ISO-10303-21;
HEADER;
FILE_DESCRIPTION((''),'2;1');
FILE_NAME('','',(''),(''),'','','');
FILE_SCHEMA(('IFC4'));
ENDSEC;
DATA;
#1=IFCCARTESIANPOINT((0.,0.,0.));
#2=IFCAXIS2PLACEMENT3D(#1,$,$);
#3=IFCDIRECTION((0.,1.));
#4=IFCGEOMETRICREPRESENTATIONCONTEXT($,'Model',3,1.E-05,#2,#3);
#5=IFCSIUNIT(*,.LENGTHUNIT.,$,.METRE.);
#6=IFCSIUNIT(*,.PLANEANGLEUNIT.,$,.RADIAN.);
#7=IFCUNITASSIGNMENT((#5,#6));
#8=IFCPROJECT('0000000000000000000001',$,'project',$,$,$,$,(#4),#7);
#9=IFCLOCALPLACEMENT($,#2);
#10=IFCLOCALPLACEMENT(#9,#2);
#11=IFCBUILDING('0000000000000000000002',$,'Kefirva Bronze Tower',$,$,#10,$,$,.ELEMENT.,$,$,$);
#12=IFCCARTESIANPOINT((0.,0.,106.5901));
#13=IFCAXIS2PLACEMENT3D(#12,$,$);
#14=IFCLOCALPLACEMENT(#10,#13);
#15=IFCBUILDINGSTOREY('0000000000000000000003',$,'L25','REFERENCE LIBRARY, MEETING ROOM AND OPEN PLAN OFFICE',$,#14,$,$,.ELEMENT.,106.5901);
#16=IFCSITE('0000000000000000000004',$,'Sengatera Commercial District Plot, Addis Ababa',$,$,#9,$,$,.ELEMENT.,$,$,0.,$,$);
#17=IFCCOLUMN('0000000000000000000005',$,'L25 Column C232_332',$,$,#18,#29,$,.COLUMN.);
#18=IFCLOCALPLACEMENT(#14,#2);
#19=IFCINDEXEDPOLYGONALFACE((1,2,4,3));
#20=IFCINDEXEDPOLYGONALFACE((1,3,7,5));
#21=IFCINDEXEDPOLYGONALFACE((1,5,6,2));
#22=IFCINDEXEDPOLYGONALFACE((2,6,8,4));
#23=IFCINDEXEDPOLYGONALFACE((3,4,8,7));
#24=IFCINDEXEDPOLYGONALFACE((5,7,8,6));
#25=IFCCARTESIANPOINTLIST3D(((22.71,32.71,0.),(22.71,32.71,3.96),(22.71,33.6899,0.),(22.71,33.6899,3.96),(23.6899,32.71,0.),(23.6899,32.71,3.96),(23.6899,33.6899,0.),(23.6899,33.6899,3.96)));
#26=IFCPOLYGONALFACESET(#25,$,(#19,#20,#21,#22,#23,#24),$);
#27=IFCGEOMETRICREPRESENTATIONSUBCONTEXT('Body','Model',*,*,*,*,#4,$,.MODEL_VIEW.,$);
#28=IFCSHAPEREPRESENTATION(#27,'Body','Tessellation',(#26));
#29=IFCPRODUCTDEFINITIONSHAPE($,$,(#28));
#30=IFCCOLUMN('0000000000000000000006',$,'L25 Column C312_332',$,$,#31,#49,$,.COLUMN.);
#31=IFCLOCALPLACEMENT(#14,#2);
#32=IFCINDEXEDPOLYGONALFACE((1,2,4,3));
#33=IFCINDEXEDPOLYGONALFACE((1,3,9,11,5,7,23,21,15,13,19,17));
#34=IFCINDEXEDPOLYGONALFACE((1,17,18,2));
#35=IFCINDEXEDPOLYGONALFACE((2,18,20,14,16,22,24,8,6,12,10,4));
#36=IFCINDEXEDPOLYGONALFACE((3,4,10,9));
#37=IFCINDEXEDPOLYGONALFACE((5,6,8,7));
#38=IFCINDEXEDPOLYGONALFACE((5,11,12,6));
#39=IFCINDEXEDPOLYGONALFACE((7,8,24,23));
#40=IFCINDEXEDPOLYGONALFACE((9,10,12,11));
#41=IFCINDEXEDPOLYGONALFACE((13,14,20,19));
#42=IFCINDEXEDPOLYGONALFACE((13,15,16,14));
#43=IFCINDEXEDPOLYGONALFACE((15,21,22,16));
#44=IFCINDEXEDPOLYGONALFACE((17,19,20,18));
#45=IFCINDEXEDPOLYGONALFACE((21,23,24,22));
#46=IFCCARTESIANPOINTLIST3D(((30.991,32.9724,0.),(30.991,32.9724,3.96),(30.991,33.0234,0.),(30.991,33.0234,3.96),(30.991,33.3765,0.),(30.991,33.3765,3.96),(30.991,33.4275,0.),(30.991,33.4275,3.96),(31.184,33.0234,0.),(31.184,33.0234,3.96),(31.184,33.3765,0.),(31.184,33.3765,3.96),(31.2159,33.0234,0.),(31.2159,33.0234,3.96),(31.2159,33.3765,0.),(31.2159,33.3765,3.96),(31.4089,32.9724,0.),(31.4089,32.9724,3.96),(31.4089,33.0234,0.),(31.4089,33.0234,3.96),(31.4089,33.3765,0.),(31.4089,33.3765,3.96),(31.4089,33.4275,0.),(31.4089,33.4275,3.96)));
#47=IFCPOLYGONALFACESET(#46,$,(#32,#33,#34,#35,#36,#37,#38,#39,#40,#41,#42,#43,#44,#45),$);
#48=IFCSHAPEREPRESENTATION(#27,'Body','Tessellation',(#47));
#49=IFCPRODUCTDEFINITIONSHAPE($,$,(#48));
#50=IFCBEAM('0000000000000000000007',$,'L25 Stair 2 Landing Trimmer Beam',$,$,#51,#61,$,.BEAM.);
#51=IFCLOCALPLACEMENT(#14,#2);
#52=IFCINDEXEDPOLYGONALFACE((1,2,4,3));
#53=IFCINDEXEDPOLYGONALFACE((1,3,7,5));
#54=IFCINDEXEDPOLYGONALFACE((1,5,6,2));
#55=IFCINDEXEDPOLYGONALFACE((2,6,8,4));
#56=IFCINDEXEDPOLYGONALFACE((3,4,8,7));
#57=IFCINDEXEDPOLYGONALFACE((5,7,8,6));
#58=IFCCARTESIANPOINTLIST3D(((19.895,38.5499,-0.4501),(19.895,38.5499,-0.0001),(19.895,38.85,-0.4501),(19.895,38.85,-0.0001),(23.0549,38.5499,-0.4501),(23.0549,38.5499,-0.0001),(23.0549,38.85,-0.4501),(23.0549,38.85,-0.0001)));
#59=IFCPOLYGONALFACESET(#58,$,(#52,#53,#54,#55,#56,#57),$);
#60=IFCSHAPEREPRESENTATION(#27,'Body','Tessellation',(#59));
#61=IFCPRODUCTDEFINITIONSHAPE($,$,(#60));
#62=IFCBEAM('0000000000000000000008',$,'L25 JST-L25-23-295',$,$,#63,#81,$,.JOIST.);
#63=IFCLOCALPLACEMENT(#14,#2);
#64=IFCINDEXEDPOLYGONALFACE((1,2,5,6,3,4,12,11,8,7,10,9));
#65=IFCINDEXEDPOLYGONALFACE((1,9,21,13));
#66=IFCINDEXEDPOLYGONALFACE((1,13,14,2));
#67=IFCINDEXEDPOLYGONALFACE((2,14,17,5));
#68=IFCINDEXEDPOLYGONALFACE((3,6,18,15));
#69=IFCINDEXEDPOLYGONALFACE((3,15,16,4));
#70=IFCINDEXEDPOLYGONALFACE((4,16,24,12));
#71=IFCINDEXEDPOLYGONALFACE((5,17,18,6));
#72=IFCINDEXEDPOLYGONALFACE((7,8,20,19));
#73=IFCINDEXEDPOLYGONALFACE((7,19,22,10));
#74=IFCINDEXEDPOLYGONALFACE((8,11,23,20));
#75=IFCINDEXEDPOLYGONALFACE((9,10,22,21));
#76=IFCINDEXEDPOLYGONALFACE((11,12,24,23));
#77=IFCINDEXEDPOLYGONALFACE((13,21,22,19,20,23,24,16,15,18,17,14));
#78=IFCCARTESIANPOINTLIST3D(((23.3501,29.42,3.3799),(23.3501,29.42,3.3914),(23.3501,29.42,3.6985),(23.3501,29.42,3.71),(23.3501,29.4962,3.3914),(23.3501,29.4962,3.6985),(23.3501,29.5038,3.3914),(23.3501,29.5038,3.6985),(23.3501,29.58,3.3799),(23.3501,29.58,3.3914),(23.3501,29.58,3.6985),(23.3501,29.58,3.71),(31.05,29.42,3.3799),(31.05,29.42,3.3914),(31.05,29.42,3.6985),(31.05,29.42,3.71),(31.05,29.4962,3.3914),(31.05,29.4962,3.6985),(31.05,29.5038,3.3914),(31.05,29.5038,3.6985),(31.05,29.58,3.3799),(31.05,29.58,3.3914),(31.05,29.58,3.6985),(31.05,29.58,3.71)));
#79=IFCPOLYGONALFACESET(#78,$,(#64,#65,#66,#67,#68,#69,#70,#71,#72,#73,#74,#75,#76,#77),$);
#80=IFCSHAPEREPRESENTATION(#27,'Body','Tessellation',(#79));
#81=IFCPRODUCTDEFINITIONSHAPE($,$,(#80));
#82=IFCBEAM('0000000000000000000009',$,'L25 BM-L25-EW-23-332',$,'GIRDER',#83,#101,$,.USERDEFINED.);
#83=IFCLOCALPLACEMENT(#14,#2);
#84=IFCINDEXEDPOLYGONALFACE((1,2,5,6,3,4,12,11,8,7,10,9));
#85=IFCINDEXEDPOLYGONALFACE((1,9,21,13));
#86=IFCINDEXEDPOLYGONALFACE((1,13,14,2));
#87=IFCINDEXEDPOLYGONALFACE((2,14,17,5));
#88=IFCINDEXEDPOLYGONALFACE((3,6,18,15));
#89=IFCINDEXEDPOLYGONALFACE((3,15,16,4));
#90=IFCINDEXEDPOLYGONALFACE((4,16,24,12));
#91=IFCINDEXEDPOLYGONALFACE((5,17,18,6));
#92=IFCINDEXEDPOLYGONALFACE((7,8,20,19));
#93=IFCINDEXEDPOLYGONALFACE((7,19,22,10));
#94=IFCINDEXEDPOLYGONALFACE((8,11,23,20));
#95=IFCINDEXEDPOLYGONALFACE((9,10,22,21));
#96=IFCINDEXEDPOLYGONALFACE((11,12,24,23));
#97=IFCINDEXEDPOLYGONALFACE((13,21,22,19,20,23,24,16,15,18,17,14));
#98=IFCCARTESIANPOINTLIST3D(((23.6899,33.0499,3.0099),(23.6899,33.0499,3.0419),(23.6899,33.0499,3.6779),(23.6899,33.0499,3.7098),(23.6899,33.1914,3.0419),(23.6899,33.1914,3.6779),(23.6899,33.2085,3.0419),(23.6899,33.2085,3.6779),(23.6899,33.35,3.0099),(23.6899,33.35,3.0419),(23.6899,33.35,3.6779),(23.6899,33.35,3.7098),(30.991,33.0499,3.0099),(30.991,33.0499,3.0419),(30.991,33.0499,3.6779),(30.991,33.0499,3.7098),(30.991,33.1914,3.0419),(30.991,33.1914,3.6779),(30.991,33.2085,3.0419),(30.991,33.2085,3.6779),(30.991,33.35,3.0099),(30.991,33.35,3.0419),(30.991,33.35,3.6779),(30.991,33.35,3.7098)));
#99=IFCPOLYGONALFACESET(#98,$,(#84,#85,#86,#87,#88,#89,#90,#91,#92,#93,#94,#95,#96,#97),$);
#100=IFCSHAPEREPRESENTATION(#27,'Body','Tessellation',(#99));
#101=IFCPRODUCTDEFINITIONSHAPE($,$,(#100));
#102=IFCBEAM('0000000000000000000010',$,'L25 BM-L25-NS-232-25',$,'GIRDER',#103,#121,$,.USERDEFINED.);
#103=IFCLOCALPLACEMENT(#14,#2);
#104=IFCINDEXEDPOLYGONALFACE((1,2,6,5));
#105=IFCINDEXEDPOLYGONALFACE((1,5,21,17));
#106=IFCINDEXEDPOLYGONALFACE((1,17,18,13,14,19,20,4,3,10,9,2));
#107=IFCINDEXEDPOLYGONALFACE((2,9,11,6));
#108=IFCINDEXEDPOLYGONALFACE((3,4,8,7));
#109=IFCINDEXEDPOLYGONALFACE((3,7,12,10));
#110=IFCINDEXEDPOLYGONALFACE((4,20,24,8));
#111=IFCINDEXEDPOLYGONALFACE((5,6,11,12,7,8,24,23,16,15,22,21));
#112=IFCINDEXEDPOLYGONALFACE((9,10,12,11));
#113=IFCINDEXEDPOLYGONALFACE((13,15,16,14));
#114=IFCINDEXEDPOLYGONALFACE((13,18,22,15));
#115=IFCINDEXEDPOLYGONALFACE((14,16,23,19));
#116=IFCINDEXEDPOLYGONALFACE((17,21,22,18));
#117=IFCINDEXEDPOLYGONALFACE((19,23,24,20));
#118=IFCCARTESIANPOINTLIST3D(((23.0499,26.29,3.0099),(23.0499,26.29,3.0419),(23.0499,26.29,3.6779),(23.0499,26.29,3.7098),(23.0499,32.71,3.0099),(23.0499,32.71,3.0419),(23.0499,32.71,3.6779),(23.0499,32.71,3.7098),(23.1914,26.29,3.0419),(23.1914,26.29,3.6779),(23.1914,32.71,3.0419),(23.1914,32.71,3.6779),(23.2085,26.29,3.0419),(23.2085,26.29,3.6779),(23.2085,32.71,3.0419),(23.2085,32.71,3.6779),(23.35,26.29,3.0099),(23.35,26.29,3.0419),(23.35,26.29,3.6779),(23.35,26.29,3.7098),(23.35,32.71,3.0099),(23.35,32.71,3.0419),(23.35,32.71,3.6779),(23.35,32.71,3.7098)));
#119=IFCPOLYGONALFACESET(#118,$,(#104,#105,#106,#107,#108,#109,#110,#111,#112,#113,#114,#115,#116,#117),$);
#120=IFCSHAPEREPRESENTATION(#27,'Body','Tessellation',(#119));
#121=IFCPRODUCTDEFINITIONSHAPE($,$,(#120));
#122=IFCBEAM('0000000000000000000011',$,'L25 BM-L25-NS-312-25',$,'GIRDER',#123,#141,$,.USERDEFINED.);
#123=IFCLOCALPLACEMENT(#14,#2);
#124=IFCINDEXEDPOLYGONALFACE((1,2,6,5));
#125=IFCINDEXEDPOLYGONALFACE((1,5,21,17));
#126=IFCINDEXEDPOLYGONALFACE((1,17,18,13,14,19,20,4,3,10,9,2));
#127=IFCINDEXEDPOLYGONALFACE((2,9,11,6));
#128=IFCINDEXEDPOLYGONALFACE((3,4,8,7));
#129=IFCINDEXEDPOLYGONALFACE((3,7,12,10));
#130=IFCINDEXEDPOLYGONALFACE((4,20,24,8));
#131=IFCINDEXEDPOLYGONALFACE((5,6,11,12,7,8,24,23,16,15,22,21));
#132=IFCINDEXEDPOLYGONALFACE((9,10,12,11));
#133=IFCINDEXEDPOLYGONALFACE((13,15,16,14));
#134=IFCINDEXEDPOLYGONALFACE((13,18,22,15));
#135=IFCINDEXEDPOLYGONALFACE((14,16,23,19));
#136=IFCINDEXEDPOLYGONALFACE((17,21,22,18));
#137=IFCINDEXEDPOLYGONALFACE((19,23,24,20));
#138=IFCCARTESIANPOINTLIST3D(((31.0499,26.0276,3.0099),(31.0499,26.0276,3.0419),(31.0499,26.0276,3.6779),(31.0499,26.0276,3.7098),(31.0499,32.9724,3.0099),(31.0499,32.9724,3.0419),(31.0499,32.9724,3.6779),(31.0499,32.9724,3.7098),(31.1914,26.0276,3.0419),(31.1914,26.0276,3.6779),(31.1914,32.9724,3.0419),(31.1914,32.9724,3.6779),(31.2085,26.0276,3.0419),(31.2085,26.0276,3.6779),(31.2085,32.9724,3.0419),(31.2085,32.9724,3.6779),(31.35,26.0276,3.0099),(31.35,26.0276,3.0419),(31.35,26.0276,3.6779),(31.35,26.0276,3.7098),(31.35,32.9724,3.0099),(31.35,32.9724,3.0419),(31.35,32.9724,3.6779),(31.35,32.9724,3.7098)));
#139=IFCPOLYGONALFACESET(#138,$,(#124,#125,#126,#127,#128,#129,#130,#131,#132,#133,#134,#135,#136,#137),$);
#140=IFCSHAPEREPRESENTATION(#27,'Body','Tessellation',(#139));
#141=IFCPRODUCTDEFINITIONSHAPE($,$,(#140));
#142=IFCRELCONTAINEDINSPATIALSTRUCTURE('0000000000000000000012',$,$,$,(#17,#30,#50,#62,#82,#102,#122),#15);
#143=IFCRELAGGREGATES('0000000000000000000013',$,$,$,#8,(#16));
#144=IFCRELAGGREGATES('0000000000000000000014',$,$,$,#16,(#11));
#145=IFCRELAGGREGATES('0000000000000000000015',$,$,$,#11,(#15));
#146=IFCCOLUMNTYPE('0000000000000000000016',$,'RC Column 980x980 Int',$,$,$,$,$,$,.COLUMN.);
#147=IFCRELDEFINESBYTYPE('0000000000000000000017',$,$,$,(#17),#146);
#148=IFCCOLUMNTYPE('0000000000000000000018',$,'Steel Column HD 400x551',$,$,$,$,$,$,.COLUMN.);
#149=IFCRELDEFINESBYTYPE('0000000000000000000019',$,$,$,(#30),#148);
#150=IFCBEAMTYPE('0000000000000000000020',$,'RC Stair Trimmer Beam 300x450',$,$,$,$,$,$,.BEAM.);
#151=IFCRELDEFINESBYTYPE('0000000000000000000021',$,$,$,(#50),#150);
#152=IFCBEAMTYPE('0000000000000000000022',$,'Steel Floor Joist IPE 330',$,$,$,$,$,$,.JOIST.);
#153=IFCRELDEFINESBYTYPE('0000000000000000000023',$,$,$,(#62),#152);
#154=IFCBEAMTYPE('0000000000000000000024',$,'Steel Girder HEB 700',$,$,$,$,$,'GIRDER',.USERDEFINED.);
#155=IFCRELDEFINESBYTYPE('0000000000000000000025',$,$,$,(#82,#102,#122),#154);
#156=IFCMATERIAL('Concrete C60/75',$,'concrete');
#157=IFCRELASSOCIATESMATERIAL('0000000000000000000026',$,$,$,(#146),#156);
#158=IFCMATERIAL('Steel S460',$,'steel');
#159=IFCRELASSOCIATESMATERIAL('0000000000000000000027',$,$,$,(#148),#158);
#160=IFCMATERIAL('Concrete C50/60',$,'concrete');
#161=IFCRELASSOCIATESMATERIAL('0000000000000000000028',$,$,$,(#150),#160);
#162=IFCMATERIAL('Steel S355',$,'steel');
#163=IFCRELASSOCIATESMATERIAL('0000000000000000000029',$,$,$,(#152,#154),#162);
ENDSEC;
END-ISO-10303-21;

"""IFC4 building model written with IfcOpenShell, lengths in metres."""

from ifc_helpers import new_model, si_unit, direction, frame, origin, origin_2d, place, context, subcontext, project, spatial, rectangle, i_section, extrude, material, material_profile, profile_set, type_object, element, save


model = new_model("IFC4")

# Units and contexts
model_context = context("Model", 3, precision=1e-05, world=origin(), true_north=direction((0.0, 1.0)))
body_context = subcontext(model_context, "Body", "Model", "MODEL_VIEW")
ifc_project = project(units=[si_unit("LENGTHUNIT", "METRE"), si_unit("PLANEANGLEUNIT", "RADIAN")], contexts=[model_context])

# Site, building, storey
site_placement = place(None, origin())
site = spatial("IfcSite", under=ifc_project, at=site_placement, Name="Sengatera Commercial District Plot, Addis Ababa", CompositionType="ELEMENT", RefElevation=0.0)
building_placement = place(site_placement, origin())
building = spatial("IfcBuilding", under=site, at=building_placement, Name="Kefirva Bronze Tower", CompositionType="ELEMENT")
storey_placement = place(building_placement, frame((0.0, 0.0, 106.5901)))
storey = spatial("IfcBuildingStorey", under=building, at=storey_placement, Name="L25", Description="REFERENCE LIBRARY, MEETING ROOM AND OPEN PLAN OFFICE", CompositionType="ELEMENT", Elevation=106.5901)

# Columns
ifc_material_1 = material(Name="Concrete C60/75", Category="concrete")
ifc_material_profile_1 = material_profile(ifc_material_1, rectangle(XDim=0.98, YDim=0.98, at=origin_2d()), Name="RC 980x980")
ifc_profile_set_1 = profile_set([ifc_material_profile_1], Name="Concrete C60/75")
column_type_1 = type_object("IfcColumnType", Name="RC Column 980x980 Int", PredefinedType="COLUMN", material=ifc_profile_set_1)
column_1_placement = place(storey_placement, frame((23.2, 33.2, 0.0), z_axis=(0.0, 0.0, 1.0), x_axis=(1.0, 0.0, 0.0)))
element("IfcColumn", 1, at=column_1_placement, inside=storey, type_object=column_type_1, Name="L25 Column C232_332", PredefinedType="COLUMN", context=body_context, shape_type="SweptSolid", body=[
    extrude(rectangle(XDim=0.98, YDim=0.98, at=origin_2d()), origin(), (0.0, 0.0, 1.0), 3.96),
])
ifc_material_2 = material(Name="Steel S460", Category="steel")
ifc_material_profile_2 = material_profile(ifc_material_2, i_section(OverallWidth=0.418, OverallDepth=0.4551, WebThickness=0.032, FlangeThickness=0.051, at=origin_2d()), Name="HD 400x551")
ifc_profile_set_2 = profile_set([ifc_material_profile_2], Name="Steel S460")
column_type_2 = type_object("IfcColumnType", Name="Steel Column HD 400x551", PredefinedType="COLUMN", material=ifc_profile_set_2)
column_2_placement = place(storey_placement, frame((31.2, 33.2, 0.0), z_axis=(0.0, 0.0, 1.0), x_axis=(1.0, 0.0, 0.0)))
element("IfcColumn", 2, at=column_2_placement, inside=storey, type_object=column_type_2, Name="L25 Column C312_332", PredefinedType="COLUMN", context=body_context, shape_type="SweptSolid", body=[
    extrude(i_section(OverallWidth=0.418, OverallDepth=0.4551, WebThickness=0.032, FlangeThickness=0.051, at=origin_2d()), origin(), (0.0, 0.0, 1.0), 3.96),
])

# Beams
ifc_material_3 = material(Name="Concrete C50/60", Category="concrete")
ifc_material_profile_3 = material_profile(ifc_material_3, rectangle(XDim=0.3, YDim=0.45, at=origin_2d()), Name="RC 300x450")
ifc_profile_set_3 = profile_set([ifc_material_profile_3], Name="Concrete C50/60")
beam_type_1 = type_object("IfcBeamType", Name="RC Stair Trimmer Beam 300x450", PredefinedType="BEAM", material=ifc_profile_set_3)
beam_1_placement = place(storey_placement, frame((19.895, 38.7, -0.2251), z_axis=(1.0, 0.0, 0.0), x_axis=(0.0, 1.0, 0.0)))
element("IfcBeam", 3, at=beam_1_placement, inside=storey, type_object=beam_type_1, Name="L25 Stair 2 Landing Trimmer Beam", PredefinedType="BEAM", context=body_context, shape_type="SweptSolid", body=[
    extrude(rectangle(XDim=0.3, YDim=0.45, at=origin_2d()), origin(), (0.0, 0.0, 1.0), 3.1599),
])
ifc_material_4 = material(Name="Steel S355", Category="steel")
ifc_material_profile_4 = material_profile(ifc_material_4, i_section(OverallWidth=0.1599, OverallDepth=0.3301, WebThickness=0.0076, FlangeThickness=0.0115, at=origin_2d()), Name="IPE 330")
ifc_profile_set_4 = profile_set([ifc_material_profile_4], Name="Steel S355")
beam_type_2 = type_object("IfcBeamType", Name="Steel Floor Joist IPE 330", PredefinedType="JOIST", material=ifc_profile_set_4)
beam_2_placement = place(storey_placement, frame((23.3501, 29.5, 3.5449), z_axis=(1.0, 0.0, 0.0), x_axis=(0.0, 1.0, 0.0)))
element("IfcBeam", 4, at=beam_2_placement, inside=storey, type_object=beam_type_2, Name="L25 JST-L25-23-295", PredefinedType="JOIST", context=body_context, shape_type="SweptSolid", body=[
    extrude(i_section(OverallWidth=0.1599, OverallDepth=0.3301, WebThickness=0.0076, FlangeThickness=0.0115, at=origin_2d()), origin(), (0.0, 0.0, 1.0), 7.7),
])
ifc_material_profile_5 = material_profile(ifc_material_4, i_section(OverallWidth=0.3, OverallDepth=0.7, WebThickness=0.0171, FlangeThickness=0.032, at=origin_2d()), Name="HEB 700")
ifc_profile_set_5 = profile_set([ifc_material_profile_5], Name="Steel S355")
beam_type_3 = type_object("IfcBeamType", Name="Steel Girder HEB 700", ElementType="GIRDER", PredefinedType="USERDEFINED", material=ifc_profile_set_5)
beam_3_placement = place(storey_placement, frame((23.6899, 33.2, 3.3599), z_axis=(1.0, 0.0, 0.0), x_axis=(0.0, 1.0, 0.0)))
element("IfcBeam", 5, at=beam_3_placement, inside=storey, type_object=beam_type_3, Name="L25 BM-L25-EW-23-332", ObjectType="GIRDER", PredefinedType="USERDEFINED", context=body_context, shape_type="SweptSolid", body=[
    extrude(i_section(OverallWidth=0.3, OverallDepth=0.7, WebThickness=0.0171, FlangeThickness=0.032, at=origin_2d()), origin(), (0.0, 0.0, 1.0), 7.301),
])
beam_4_placement = place(storey_placement, frame((23.2, 26.29, 3.3599), z_axis=(0.0, 1.0, 0.0), x_axis=(-1.0, 0.0, 0.0)))
element("IfcBeam", 6, at=beam_4_placement, inside=storey, type_object=beam_type_3, Name="L25 BM-L25-NS-232-25", ObjectType="GIRDER", PredefinedType="USERDEFINED", context=body_context, shape_type="SweptSolid", body=[
    extrude(i_section(OverallWidth=0.3, OverallDepth=0.7, WebThickness=0.0171, FlangeThickness=0.032, at=origin_2d()), origin(), (0.0, 0.0, 1.0), 6.4199),
])
beam_5_placement = place(storey_placement, frame((31.2, 26.0276, 3.3599), z_axis=(0.0, 1.0, 0.0), x_axis=(-1.0, 0.0, 0.0)))
element("IfcBeam", 7, at=beam_5_placement, inside=storey, type_object=beam_type_3, Name="L25 BM-L25-NS-312-25", ObjectType="GIRDER", PredefinedType="USERDEFINED", context=body_context, shape_type="SweptSolid", body=[
    extrude(i_section(OverallWidth=0.3, OverallDepth=0.7, WebThickness=0.0171, FlangeThickness=0.032, at=origin_2d()), origin(), (0.0, 0.0, 1.0), 6.9448),
])

save(model, "model.ifc")
